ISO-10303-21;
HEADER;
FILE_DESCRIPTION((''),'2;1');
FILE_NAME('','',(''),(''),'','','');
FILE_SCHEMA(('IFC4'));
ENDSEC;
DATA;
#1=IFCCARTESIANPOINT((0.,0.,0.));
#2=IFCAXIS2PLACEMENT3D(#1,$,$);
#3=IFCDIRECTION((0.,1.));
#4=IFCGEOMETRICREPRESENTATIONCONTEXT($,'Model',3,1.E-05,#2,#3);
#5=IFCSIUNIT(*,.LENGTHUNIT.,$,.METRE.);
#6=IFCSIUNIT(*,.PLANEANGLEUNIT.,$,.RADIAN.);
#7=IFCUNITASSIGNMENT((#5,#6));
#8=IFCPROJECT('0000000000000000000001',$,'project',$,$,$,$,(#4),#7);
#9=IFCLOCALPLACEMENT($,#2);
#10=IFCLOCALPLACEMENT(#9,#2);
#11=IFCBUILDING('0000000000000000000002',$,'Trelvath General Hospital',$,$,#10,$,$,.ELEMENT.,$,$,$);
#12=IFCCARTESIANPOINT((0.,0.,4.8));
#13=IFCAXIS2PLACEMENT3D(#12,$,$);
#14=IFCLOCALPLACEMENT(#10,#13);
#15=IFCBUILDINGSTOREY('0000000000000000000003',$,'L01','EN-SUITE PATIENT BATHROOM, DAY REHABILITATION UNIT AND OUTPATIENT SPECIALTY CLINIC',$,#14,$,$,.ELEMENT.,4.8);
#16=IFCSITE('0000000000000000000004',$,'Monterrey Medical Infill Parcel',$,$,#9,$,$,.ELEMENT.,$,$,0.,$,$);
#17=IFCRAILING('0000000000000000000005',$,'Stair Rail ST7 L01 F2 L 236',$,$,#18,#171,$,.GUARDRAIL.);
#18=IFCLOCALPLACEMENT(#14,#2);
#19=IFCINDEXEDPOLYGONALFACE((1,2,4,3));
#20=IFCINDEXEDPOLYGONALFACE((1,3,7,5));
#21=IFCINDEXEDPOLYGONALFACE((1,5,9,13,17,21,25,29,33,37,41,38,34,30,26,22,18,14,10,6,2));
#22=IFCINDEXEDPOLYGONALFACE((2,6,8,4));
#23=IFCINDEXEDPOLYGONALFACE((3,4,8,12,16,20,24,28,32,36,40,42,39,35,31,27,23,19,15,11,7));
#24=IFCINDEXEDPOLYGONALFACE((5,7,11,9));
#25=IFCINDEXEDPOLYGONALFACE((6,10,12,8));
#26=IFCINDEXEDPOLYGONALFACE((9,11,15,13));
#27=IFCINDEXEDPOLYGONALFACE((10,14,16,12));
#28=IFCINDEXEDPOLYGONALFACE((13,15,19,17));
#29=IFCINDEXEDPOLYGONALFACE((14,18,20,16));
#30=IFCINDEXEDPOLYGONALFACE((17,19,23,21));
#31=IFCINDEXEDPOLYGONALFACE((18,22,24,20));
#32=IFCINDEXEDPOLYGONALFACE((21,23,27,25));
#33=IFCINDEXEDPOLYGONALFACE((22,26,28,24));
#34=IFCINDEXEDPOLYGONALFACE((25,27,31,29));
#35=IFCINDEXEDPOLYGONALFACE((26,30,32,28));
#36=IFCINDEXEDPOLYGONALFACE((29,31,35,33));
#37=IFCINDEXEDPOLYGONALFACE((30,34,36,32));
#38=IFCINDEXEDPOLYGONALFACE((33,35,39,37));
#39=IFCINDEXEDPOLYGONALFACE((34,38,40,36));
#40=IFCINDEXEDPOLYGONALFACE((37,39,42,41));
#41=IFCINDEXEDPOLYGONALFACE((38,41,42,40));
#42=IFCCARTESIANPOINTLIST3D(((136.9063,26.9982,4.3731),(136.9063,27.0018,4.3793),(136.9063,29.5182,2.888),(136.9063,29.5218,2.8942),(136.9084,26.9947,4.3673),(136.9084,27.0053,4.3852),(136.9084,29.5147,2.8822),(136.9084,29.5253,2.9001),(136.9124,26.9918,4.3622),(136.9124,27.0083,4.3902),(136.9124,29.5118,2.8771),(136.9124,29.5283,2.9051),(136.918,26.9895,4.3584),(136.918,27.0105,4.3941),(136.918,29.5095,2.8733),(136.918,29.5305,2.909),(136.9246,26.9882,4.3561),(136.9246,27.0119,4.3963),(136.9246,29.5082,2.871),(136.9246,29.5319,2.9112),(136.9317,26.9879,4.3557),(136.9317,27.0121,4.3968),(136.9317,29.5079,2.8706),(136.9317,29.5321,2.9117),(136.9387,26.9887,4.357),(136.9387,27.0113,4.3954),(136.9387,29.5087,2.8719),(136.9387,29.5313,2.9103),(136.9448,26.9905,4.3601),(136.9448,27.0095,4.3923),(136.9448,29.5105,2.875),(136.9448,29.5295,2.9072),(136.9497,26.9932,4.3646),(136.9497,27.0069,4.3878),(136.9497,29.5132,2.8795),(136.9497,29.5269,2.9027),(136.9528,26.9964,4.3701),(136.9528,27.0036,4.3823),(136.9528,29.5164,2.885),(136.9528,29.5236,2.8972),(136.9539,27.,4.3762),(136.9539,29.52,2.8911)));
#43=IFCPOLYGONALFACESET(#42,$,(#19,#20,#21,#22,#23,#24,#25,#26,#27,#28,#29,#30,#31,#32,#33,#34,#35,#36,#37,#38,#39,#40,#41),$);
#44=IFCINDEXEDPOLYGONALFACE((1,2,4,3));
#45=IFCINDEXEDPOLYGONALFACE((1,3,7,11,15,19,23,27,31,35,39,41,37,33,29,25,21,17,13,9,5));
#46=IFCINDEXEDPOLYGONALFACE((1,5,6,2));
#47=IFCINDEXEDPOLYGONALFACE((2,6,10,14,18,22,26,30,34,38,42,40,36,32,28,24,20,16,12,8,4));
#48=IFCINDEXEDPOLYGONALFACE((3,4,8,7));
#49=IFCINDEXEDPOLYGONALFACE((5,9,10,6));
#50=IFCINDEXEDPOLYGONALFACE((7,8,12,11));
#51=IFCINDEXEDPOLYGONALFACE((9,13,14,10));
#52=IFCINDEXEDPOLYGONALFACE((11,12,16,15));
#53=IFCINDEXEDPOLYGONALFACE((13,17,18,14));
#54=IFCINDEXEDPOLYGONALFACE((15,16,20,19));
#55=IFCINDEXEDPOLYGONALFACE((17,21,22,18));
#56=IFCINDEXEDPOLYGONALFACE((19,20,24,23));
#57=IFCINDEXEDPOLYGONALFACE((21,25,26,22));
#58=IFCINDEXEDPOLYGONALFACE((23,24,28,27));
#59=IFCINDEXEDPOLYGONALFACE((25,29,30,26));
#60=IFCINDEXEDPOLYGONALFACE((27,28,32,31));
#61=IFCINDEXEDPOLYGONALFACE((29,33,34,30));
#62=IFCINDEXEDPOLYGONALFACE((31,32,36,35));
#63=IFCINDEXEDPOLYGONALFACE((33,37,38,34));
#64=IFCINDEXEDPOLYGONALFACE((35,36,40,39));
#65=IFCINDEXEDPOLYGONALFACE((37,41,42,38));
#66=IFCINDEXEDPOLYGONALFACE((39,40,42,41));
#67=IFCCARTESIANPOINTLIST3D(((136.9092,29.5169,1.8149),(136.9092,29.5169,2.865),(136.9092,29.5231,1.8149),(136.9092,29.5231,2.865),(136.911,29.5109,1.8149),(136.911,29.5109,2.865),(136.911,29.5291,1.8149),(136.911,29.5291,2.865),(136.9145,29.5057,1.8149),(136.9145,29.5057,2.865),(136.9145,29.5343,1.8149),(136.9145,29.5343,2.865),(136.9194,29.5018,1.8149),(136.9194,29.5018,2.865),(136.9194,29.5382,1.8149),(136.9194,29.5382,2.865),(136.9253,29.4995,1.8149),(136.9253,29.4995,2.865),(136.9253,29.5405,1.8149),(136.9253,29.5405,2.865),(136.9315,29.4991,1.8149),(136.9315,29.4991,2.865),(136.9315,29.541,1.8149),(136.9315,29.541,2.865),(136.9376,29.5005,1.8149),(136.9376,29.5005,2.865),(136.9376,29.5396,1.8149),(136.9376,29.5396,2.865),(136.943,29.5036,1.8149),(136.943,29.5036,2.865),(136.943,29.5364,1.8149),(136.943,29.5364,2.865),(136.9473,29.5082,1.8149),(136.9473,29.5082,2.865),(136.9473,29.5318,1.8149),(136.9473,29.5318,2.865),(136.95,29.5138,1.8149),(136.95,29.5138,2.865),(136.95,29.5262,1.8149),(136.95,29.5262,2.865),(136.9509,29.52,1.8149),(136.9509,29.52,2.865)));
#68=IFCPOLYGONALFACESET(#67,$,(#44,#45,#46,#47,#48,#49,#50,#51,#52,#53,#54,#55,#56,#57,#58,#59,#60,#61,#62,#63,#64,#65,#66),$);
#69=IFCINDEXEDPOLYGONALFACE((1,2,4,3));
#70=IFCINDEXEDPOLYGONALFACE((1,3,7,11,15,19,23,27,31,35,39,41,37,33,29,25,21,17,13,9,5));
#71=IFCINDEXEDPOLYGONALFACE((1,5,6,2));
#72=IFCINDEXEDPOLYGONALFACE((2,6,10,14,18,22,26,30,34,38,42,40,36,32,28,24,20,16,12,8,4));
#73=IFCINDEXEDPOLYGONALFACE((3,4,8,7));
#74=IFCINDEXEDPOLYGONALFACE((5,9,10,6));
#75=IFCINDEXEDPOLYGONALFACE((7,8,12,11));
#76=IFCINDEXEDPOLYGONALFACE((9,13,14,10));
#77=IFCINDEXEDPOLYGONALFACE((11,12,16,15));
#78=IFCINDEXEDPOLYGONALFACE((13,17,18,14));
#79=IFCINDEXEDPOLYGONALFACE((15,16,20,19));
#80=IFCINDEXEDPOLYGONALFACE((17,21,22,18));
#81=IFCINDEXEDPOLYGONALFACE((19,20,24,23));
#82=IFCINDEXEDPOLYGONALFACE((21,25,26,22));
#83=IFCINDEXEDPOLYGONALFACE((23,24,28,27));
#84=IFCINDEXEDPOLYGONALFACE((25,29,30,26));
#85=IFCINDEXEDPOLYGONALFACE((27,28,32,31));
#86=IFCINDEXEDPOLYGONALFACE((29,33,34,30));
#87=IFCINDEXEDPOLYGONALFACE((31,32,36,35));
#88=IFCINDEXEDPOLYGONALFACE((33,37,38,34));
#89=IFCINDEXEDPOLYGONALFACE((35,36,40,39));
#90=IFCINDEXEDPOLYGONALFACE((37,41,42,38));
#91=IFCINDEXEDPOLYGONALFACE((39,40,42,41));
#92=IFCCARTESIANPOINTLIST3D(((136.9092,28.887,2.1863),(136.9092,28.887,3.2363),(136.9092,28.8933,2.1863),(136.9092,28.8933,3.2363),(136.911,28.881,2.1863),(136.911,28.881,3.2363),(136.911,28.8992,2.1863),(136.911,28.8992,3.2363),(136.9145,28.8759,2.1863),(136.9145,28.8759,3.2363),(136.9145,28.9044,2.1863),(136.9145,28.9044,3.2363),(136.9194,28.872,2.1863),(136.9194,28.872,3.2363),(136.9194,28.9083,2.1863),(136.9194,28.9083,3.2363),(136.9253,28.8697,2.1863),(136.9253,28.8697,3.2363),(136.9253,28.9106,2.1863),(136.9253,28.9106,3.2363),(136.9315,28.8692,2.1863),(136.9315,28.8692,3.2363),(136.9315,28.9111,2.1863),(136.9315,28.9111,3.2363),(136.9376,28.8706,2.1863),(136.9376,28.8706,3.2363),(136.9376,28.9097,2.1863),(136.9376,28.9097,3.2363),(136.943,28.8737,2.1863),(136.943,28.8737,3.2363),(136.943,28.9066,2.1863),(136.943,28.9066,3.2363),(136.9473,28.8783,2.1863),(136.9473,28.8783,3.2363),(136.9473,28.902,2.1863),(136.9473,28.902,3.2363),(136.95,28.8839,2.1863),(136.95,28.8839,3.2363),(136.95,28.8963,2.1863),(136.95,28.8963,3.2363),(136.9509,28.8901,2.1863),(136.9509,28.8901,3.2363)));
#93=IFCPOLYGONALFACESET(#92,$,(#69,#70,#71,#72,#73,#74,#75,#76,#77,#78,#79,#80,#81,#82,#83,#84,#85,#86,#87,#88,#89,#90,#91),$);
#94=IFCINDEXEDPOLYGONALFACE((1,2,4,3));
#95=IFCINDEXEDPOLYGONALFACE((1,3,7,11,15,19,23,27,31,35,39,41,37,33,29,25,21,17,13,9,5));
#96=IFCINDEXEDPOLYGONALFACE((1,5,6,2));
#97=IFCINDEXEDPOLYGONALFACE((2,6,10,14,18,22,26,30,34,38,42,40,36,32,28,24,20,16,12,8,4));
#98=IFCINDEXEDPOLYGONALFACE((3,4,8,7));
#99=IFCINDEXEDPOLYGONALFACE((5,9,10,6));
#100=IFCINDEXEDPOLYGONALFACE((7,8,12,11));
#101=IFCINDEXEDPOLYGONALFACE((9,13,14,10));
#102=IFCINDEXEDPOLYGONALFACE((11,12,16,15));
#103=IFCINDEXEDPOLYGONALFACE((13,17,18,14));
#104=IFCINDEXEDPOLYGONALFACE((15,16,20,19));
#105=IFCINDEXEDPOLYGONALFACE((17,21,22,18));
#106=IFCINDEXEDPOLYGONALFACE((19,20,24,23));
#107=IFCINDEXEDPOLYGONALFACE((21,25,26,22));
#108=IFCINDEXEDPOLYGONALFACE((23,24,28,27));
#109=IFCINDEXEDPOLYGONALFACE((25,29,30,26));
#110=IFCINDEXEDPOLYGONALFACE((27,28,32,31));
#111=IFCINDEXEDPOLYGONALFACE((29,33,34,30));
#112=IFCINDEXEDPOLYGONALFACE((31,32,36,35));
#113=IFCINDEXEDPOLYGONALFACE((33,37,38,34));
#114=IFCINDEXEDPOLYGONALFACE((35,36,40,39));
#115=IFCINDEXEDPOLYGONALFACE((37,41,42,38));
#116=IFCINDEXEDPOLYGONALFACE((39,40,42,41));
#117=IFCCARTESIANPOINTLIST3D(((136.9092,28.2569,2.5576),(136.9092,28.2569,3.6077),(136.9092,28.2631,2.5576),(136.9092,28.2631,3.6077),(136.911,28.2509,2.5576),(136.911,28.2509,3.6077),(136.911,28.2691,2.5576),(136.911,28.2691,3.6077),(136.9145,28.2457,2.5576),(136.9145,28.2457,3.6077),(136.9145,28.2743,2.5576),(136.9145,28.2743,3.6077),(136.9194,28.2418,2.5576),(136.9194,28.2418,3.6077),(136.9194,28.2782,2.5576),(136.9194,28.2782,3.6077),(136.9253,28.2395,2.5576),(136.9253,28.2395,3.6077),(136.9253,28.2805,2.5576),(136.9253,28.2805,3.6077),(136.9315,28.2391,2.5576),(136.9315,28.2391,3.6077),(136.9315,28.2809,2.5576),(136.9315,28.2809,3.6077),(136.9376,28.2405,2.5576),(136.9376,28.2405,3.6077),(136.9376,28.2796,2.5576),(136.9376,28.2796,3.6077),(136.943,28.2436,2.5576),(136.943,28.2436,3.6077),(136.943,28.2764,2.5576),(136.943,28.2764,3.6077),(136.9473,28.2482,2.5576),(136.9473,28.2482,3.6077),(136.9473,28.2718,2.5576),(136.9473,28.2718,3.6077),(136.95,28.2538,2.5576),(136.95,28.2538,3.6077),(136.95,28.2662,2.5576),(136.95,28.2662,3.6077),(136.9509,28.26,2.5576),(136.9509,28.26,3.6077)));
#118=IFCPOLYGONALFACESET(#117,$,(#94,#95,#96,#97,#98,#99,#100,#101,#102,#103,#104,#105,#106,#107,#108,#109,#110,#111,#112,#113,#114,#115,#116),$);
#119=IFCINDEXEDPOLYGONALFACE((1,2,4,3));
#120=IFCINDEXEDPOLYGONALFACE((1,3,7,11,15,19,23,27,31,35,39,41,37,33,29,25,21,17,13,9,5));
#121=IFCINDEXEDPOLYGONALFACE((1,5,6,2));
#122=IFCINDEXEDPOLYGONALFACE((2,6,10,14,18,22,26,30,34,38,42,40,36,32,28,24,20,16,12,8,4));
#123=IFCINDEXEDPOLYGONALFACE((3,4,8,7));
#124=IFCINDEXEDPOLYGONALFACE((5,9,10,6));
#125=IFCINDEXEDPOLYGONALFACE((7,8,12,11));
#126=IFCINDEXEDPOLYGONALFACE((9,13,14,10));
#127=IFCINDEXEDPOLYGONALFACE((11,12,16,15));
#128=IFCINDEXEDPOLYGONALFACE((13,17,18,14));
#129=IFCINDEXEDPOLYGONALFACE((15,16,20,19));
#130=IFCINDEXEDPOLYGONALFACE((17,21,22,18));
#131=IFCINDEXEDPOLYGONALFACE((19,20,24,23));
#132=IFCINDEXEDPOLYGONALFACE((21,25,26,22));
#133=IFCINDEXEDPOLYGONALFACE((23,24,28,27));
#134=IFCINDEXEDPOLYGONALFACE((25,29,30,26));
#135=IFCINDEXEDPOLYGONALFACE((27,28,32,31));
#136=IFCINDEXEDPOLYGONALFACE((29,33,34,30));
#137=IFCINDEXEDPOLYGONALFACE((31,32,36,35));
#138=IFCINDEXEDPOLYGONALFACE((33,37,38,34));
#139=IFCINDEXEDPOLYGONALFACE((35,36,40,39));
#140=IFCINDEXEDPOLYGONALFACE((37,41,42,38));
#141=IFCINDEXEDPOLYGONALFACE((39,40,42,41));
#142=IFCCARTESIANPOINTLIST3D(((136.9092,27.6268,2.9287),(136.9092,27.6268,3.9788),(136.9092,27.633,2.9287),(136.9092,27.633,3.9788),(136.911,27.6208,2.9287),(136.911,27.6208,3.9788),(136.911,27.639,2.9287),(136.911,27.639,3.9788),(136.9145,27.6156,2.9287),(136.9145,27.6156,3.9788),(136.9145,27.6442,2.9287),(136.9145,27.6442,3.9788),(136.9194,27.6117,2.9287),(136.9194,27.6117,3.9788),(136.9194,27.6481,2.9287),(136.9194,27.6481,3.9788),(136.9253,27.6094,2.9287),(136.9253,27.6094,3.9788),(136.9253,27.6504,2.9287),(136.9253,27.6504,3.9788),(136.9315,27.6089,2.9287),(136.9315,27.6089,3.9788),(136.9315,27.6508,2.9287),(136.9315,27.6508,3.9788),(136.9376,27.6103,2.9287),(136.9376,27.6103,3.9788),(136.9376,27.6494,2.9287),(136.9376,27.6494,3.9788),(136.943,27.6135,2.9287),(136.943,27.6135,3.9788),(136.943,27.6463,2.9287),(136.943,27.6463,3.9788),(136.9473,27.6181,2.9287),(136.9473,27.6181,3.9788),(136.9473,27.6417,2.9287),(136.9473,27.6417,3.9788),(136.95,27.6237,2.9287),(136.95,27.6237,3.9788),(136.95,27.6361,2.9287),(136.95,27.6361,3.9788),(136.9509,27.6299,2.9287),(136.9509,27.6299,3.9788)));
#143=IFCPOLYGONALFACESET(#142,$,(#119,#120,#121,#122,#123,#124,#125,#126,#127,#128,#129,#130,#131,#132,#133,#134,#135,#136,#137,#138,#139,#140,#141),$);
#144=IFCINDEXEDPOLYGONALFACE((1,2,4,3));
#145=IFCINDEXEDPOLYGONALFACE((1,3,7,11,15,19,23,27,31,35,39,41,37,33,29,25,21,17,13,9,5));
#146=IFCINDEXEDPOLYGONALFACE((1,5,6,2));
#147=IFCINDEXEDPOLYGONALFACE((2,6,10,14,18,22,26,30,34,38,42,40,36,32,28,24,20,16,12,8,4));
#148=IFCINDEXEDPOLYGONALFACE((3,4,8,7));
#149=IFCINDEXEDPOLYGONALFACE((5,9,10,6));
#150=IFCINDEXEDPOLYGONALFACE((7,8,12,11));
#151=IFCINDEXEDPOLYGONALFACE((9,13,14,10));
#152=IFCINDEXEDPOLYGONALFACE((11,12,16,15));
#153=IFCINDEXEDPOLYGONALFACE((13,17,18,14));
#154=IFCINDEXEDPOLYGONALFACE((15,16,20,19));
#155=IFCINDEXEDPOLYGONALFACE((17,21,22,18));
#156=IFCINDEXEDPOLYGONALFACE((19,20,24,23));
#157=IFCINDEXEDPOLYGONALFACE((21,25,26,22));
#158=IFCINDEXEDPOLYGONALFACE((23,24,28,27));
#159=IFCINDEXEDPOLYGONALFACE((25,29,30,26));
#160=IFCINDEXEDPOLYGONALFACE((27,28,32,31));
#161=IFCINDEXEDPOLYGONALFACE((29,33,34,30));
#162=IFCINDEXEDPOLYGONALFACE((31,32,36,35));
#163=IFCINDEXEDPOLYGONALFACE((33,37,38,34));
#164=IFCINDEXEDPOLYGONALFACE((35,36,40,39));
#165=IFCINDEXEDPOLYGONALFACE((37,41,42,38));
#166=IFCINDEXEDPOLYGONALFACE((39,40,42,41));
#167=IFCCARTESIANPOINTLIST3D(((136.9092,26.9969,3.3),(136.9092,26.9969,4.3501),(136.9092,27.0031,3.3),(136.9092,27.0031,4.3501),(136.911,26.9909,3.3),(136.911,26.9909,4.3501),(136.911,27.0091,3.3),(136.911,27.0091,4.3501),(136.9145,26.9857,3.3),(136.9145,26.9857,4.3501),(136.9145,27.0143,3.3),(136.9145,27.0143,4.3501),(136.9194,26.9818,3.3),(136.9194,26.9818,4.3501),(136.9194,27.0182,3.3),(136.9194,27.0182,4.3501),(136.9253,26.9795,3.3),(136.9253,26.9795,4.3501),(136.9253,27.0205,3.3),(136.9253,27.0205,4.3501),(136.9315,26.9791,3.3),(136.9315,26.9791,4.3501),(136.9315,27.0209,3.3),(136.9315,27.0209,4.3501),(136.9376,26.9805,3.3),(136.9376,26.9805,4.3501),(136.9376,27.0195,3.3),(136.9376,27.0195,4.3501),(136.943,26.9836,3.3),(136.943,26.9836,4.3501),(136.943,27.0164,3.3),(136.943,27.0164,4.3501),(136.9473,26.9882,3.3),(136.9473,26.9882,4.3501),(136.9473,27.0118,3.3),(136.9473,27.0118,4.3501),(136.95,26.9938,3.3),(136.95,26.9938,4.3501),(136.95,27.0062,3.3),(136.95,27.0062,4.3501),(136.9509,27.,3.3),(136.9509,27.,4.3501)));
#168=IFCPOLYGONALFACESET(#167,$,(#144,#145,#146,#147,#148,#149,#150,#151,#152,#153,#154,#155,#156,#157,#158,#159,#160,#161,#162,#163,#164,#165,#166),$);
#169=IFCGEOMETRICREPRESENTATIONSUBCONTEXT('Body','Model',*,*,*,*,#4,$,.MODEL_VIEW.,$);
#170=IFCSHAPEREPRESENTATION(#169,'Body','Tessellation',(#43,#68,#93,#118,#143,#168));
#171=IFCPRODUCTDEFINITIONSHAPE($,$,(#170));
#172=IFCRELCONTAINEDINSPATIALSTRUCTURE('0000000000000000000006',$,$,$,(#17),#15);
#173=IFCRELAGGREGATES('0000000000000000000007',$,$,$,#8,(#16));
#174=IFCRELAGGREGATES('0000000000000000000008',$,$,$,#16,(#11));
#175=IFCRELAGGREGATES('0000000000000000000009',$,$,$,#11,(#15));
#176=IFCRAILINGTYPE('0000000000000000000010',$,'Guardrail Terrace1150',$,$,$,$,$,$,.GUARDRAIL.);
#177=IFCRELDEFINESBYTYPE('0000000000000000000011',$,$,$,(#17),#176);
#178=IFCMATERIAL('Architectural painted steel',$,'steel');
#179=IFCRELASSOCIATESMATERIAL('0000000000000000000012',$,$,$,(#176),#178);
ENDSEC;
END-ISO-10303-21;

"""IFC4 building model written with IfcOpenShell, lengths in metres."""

from ifc_helpers import new_model, si_unit, direction, frame, origin, origin_2d, place, context, subcontext, project, spatial, circle, extrude, material, type_object, element, save


model = new_model("IFC4")

# Units and contexts
model_context = context("Model", 3, precision=1e-05, world=origin(), true_north=direction((0.0, 1.0)))
body_context = subcontext(model_context, "Body", "Model", "MODEL_VIEW")
ifc_project = project(units=[si_unit("LENGTHUNIT", "METRE"), si_unit("PLANEANGLEUNIT", "RADIAN")], contexts=[model_context])

# Site, building, storey
site_placement = place(None, origin())
site = spatial("IfcSite", under=ifc_project, at=site_placement, Name="Monterrey Medical Infill Parcel", CompositionType="ELEMENT", RefElevation=0.0)
building_placement = place(site_placement, origin())
building = spatial("IfcBuilding", under=site, at=building_placement, Name="Trelvath General Hospital", CompositionType="ELEMENT")
storey_placement = place(building_placement, frame((0.0, 0.0, 4.8)))
storey = spatial("IfcBuildingStorey", under=building, at=storey_placement, Name="L01", Description="EN-SUITE PATIENT BATHROOM, DAY REHABILITATION UNIT AND OUTPATIENT SPECIALTY CLINIC", CompositionType="ELEMENT", Elevation=4.8)

# Railing
ifc_material_1 = material(Name="Architectural painted steel", Category="steel")
railing_type_1 = type_object("IfcRailingType", Name="Guardrail Terrace1150", PredefinedType="GUARDRAIL", material=ifc_material_1)
railing_1_placement = place(storey_placement, frame((136.9299, 29.52, 1.8149)))
element("IfcRailing", 1, at=railing_1_placement, inside=storey, type_object=railing_type_1, Name="Stair Rail ST7 L01 F2 L 236", PredefinedType="GUARDRAIL", context=body_context, shape_type="SweptSolid", body=[
    extrude(circle(Radius=0.0239, at=origin_2d()), frame((0.0, 0.0, 1.0762), z_axis=(0.0, -0.861524, 0.507717), x_axis=(1.0, 0.0, 0.0)), (0.0, 0.0, 1.0), 2.925),
    extrude(circle(Radius=0.021, at=origin_2d()), origin(), (0.0, 0.0, 1.0), 1.05),
    extrude(circle(Radius=0.021, at=origin_2d()), frame((0.0, -0.6299, 0.3713)), (0.0, 0.0, 1.0), 1.05),
    extrude(circle(Radius=0.021, at=origin_2d()), frame((0.0, -1.26, 0.7427)), (0.0, 0.0, 1.0), 1.05),
    extrude(circle(Radius=0.021, at=origin_2d()), frame((0.0, -1.8901, 1.1138)), (0.0, 0.0, 1.0), 1.05),
    extrude(circle(Radius=0.021, at=origin_2d()), frame((0.0, -2.52, 1.4851)), (0.0, 0.0, 1.0), 1.05),
])

save(model, "model.ifc")
